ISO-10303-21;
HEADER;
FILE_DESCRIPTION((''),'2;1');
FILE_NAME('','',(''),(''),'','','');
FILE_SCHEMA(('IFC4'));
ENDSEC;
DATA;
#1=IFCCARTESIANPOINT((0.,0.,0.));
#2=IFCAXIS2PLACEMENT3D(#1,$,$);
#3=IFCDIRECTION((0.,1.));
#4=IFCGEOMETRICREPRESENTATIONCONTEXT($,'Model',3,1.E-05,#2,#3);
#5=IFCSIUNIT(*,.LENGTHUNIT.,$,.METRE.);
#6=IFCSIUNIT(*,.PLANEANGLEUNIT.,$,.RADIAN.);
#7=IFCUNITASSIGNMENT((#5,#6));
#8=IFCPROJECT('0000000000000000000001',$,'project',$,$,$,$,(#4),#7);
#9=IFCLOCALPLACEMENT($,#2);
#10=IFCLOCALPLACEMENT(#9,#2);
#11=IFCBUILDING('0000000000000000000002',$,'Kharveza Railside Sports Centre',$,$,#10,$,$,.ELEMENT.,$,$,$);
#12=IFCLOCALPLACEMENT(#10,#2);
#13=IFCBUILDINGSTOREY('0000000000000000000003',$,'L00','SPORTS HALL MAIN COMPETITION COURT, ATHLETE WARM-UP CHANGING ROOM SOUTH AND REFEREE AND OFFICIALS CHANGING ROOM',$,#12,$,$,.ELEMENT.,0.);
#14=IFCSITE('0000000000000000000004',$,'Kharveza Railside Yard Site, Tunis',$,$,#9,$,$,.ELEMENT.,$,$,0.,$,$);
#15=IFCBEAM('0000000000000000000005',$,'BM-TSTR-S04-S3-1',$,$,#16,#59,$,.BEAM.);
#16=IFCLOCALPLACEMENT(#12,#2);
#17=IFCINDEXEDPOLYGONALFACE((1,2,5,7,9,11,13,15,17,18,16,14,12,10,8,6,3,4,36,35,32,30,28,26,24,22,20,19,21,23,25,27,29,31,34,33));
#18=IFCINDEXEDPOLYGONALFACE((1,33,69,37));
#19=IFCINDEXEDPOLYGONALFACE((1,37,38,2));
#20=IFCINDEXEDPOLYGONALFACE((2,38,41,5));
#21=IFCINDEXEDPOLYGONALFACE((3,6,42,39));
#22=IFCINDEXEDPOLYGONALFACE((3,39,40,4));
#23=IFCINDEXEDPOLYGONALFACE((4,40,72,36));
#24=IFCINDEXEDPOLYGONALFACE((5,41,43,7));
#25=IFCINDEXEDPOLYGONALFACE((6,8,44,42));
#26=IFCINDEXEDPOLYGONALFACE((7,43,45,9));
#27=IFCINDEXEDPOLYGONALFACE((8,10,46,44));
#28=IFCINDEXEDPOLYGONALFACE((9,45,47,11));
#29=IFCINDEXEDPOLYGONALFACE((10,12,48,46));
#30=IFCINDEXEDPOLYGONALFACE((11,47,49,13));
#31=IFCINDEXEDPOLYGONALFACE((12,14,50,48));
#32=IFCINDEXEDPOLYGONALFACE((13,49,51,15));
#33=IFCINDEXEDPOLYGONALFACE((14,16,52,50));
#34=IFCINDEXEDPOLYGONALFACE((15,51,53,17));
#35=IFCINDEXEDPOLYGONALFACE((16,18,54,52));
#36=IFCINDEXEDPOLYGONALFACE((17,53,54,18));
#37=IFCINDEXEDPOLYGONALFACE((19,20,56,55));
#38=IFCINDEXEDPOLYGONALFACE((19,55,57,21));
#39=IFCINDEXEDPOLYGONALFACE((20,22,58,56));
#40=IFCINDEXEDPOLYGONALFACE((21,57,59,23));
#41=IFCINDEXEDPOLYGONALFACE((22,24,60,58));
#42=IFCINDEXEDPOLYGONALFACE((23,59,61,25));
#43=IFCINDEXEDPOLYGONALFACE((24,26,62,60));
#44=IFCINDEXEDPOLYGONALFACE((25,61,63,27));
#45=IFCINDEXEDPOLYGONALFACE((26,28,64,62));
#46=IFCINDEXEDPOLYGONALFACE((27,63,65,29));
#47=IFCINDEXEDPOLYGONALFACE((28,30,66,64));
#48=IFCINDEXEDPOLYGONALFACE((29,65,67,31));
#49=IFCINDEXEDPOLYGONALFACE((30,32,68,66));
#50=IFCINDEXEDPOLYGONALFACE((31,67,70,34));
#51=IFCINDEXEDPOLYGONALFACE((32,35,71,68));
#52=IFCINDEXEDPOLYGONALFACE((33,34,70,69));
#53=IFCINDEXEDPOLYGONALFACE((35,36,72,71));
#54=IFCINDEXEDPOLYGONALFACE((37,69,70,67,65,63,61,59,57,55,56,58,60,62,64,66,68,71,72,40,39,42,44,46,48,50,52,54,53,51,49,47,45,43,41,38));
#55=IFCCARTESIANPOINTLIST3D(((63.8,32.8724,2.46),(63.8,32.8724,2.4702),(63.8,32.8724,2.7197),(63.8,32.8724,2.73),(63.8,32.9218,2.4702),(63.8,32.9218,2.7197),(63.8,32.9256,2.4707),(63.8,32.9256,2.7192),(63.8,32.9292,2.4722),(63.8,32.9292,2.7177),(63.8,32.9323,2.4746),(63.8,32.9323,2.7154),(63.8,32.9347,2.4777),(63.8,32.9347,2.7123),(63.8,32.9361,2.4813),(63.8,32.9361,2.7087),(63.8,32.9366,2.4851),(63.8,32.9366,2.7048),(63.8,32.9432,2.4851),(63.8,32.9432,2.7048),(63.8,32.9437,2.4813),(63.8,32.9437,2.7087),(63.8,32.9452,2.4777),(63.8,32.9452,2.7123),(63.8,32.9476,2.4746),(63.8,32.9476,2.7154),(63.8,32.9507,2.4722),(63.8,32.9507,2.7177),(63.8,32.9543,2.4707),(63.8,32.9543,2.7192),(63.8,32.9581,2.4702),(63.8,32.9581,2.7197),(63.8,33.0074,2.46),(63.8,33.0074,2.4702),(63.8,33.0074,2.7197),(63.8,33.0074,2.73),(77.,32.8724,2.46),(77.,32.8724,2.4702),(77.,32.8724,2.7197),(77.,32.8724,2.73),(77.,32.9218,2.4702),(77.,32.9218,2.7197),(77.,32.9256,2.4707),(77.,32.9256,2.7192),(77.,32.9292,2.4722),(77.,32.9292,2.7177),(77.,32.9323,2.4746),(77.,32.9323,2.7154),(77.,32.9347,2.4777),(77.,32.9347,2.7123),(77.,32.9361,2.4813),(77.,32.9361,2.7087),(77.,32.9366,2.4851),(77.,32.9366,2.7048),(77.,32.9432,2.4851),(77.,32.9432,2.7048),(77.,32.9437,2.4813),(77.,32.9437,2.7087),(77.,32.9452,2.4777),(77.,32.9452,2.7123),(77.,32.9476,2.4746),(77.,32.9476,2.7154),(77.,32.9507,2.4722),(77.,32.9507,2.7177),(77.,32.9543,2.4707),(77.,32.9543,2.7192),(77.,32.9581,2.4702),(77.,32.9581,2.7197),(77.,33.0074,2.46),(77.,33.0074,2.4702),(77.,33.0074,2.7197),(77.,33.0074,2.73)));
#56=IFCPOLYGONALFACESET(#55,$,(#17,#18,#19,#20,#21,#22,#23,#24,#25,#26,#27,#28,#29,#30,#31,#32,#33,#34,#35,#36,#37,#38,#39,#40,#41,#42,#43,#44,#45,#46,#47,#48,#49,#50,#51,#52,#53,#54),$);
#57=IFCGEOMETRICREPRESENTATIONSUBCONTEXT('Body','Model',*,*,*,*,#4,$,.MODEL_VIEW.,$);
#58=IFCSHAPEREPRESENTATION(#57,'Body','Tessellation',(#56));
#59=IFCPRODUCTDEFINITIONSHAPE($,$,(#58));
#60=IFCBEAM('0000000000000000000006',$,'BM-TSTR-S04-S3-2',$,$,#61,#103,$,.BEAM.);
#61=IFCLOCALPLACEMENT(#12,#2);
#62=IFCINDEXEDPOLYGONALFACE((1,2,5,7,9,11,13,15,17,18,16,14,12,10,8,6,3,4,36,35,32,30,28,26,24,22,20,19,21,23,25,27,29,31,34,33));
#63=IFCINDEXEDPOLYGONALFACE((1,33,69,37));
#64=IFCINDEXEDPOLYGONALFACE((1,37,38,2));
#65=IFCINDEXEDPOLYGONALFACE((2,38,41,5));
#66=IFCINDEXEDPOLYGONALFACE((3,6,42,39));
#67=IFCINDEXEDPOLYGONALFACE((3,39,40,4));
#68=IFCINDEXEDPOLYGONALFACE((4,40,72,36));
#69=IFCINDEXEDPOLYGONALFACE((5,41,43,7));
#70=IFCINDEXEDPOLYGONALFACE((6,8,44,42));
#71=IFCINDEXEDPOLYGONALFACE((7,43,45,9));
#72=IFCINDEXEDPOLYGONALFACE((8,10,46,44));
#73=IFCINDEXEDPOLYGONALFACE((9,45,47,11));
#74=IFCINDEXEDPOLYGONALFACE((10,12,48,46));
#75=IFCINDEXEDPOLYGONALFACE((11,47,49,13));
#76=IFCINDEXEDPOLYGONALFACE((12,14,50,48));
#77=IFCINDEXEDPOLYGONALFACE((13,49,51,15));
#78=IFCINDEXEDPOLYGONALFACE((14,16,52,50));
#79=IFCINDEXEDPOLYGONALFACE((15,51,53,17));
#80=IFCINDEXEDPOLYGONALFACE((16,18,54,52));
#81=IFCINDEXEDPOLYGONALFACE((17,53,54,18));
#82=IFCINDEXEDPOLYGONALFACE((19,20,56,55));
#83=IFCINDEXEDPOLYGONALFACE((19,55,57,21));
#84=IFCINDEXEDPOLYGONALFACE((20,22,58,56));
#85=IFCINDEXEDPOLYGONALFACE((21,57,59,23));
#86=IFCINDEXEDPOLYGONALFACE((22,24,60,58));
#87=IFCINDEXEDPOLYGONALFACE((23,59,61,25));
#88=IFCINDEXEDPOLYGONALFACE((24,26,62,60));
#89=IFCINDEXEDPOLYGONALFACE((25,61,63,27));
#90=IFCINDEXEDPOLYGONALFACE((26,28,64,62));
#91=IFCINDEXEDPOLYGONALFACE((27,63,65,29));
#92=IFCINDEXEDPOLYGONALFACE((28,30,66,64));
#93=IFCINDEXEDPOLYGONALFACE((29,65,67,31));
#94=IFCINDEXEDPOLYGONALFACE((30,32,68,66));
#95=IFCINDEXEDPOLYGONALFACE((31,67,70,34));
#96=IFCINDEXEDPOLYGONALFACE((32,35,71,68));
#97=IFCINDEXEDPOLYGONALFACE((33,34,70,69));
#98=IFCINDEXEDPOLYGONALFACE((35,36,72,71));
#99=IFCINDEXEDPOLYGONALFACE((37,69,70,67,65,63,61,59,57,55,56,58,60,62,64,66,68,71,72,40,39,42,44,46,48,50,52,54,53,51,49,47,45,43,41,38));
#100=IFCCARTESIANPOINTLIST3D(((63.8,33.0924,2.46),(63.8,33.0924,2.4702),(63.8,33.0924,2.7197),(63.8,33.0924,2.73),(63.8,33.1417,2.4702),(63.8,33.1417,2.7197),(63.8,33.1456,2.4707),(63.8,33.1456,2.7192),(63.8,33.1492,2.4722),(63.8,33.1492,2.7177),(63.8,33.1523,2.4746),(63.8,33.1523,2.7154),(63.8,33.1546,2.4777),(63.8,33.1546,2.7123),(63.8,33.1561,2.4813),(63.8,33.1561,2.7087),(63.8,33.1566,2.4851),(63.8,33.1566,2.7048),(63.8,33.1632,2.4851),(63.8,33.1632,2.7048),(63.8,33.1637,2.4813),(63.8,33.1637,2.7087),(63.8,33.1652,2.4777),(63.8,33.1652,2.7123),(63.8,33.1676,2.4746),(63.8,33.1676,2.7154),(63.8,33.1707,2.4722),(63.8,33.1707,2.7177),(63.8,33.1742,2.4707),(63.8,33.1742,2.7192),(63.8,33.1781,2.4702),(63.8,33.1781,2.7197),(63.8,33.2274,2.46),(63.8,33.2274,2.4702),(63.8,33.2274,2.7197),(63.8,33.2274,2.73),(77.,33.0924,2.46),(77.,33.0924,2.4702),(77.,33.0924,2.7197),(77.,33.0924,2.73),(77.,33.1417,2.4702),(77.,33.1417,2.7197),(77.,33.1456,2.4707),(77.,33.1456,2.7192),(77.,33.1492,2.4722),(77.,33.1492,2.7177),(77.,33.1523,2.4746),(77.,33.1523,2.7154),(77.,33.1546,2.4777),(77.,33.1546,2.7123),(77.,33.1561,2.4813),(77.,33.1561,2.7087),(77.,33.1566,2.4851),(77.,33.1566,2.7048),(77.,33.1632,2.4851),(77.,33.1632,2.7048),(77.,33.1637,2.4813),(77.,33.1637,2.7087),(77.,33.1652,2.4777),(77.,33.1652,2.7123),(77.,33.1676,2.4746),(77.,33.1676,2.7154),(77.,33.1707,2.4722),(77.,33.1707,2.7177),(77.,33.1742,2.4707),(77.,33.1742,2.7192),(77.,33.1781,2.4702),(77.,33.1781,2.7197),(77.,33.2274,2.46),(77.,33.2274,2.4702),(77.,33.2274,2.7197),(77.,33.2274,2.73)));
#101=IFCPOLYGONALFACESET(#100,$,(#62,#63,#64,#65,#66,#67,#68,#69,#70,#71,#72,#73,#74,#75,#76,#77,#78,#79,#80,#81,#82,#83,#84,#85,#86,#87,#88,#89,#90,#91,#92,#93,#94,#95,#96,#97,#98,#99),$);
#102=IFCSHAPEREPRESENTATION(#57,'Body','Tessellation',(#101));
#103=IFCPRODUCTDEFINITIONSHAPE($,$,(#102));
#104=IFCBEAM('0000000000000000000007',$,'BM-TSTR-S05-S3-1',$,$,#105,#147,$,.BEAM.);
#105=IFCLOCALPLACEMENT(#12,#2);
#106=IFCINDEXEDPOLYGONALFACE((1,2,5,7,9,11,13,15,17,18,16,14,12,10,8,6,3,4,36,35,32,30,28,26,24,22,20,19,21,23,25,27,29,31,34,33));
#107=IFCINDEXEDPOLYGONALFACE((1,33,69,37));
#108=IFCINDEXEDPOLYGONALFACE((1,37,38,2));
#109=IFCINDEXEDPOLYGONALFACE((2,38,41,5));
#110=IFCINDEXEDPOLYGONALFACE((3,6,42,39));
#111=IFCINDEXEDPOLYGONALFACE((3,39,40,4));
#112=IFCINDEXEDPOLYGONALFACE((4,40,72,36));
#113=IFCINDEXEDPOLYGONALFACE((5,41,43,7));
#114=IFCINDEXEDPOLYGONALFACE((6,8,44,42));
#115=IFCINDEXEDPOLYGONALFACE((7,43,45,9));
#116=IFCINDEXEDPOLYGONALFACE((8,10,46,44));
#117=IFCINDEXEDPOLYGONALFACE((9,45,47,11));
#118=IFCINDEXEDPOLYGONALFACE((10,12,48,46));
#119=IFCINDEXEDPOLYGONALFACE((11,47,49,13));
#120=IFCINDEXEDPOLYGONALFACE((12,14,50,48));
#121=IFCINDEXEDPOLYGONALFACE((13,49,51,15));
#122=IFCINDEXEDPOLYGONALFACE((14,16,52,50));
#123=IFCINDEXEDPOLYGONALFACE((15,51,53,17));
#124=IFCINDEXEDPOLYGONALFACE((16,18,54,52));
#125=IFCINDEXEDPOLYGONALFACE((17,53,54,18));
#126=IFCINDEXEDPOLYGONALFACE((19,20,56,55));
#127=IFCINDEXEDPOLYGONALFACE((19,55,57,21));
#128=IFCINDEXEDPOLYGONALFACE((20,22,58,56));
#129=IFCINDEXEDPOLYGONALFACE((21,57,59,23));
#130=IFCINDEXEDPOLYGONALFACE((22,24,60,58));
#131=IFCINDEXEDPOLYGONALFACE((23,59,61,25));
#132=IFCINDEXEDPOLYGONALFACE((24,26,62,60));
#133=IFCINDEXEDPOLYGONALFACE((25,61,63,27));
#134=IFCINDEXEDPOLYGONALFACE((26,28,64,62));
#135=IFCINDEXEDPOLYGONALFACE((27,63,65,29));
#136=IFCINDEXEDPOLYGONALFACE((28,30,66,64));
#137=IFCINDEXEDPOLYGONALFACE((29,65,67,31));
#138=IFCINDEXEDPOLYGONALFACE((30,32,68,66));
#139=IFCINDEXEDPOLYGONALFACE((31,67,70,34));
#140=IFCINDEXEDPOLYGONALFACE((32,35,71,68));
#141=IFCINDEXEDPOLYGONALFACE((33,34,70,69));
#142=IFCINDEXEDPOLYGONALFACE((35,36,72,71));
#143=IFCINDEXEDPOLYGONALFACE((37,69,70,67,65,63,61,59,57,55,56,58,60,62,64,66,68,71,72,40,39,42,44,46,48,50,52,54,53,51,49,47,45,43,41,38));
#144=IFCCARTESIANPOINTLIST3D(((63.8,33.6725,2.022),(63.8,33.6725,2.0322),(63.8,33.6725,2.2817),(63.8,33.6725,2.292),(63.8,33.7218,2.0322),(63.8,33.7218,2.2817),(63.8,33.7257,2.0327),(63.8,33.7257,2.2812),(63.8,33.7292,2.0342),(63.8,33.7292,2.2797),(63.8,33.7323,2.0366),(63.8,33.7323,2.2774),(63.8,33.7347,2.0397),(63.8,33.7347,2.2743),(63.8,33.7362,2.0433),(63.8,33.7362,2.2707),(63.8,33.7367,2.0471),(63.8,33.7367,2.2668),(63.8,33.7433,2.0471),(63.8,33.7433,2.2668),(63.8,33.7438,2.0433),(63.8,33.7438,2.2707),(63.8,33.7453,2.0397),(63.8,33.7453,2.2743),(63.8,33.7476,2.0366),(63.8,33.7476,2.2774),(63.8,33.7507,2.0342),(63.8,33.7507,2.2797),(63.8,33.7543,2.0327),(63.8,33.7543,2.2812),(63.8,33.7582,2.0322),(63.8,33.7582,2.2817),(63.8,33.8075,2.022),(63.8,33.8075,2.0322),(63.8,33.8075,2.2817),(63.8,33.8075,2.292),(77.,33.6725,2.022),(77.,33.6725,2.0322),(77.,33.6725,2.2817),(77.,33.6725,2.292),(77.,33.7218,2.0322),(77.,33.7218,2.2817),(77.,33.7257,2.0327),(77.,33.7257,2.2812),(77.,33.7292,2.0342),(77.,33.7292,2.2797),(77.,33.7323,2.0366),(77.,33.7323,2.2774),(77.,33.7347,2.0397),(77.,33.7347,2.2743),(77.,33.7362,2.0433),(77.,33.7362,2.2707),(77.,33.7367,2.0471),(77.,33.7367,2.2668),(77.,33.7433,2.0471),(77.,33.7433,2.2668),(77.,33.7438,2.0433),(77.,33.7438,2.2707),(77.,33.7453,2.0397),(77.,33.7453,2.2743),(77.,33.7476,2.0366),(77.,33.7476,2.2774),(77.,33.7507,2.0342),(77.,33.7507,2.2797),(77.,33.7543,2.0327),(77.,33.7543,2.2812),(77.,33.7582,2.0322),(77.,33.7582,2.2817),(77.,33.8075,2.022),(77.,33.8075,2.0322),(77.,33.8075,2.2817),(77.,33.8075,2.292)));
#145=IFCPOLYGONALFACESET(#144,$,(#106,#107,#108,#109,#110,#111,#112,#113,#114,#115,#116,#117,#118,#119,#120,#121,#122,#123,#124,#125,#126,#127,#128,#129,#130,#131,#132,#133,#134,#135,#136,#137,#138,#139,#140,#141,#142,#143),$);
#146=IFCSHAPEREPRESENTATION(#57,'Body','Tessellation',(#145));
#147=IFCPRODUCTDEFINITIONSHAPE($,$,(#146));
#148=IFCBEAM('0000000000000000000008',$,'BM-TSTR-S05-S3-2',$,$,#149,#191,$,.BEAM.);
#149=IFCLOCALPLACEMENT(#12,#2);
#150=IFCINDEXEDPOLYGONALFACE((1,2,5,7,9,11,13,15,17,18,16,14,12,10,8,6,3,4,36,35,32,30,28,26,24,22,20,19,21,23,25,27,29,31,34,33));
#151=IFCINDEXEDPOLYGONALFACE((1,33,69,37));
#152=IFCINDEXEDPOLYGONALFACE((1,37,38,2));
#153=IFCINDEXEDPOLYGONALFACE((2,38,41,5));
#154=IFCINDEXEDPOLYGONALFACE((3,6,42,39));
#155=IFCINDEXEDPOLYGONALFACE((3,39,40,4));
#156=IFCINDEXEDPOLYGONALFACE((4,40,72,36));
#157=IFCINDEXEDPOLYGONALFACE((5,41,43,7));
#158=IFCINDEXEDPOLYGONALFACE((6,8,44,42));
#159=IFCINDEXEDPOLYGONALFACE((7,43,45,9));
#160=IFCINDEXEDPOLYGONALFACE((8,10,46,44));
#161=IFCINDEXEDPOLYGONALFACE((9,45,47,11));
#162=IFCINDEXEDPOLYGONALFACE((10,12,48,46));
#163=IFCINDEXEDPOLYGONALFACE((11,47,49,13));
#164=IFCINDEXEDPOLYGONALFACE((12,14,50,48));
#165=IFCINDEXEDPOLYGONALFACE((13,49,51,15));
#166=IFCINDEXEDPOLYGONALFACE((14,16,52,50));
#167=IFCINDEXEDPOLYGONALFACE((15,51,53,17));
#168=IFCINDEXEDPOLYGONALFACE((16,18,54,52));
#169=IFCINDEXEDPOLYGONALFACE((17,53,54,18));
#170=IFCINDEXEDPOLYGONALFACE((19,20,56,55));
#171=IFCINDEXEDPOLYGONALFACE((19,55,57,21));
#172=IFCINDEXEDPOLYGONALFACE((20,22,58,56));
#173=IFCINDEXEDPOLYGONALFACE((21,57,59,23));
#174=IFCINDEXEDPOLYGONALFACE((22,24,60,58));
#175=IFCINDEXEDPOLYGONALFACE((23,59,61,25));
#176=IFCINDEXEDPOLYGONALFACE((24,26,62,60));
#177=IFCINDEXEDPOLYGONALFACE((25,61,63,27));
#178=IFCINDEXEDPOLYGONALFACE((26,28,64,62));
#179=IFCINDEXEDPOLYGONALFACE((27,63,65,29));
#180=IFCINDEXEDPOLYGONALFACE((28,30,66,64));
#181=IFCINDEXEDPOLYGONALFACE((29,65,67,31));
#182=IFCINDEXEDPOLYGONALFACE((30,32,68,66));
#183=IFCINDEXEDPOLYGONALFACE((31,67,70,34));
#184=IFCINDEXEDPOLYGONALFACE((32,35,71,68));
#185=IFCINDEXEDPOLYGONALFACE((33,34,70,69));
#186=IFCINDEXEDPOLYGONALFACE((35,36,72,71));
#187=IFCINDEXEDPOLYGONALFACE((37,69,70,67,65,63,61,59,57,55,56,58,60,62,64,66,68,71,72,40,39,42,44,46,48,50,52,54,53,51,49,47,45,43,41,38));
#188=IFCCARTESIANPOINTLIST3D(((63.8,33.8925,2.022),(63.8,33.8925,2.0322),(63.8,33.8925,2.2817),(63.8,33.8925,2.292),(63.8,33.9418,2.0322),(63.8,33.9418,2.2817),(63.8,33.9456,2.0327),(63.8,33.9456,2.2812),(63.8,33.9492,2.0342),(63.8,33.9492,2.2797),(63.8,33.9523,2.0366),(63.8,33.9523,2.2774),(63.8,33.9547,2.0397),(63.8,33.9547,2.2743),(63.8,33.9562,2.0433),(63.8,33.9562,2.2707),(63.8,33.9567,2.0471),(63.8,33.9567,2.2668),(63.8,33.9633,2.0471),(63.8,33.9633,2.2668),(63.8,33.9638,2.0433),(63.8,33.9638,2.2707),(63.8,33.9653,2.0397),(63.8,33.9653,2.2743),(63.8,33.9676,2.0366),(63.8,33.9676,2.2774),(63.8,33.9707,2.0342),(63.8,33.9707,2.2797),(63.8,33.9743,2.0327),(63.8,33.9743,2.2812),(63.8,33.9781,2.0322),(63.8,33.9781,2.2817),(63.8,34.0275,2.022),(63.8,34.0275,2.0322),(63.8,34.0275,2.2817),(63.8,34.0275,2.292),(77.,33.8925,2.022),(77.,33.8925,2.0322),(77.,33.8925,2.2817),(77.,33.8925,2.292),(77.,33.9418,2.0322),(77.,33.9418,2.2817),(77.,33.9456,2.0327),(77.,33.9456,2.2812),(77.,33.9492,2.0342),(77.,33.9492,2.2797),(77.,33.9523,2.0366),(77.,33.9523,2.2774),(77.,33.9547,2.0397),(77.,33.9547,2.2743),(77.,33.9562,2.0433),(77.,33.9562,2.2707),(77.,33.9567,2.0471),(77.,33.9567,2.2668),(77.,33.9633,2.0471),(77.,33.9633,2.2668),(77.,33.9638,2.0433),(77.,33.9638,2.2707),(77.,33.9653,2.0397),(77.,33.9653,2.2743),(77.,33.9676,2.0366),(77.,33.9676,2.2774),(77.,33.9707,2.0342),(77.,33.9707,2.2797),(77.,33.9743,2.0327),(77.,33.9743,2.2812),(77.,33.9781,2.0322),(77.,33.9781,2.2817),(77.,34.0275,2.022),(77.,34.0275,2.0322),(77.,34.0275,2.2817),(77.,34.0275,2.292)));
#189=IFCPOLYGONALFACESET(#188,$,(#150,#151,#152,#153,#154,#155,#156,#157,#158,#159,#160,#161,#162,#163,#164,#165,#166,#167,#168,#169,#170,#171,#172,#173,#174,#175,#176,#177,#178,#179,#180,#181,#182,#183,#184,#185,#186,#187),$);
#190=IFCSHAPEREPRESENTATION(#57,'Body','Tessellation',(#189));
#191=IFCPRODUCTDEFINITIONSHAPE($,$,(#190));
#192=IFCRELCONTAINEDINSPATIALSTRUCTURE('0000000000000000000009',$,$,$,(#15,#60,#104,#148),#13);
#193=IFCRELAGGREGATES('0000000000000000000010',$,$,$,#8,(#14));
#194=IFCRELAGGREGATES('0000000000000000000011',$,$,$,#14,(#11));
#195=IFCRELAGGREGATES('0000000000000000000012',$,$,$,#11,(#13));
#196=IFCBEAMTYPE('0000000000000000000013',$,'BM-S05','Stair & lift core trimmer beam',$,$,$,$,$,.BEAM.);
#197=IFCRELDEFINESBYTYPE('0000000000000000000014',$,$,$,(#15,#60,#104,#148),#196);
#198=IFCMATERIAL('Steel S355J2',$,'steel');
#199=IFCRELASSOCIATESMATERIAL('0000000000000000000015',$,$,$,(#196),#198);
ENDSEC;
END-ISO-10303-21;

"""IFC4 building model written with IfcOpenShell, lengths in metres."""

from ifc_helpers import new_model, si_unit, direction, frame, origin, origin_2d, place, context, subcontext, project, spatial, i_section, extrude, material, material_profile, profile_set, type_object, element, save


model = new_model("IFC4")

# Units and contexts
model_context = context("Model", 3, precision=1e-05, world=origin(), true_north=direction((0.0, 1.0)))
body_context = subcontext(model_context, "Body", "Model", "MODEL_VIEW")
ifc_project = project(units=[si_unit("LENGTHUNIT", "METRE"), si_unit("PLANEANGLEUNIT", "RADIAN")], contexts=[model_context])

# Site, building, storey
site_placement = place(None, origin())
site = spatial("IfcSite", under=ifc_project, at=site_placement, Name="Kharveza Railside Yard Site, Tunis", CompositionType="ELEMENT", RefElevation=0.0)
building_placement = place(site_placement, origin())
building = spatial("IfcBuilding", under=site, at=building_placement, Name="Kharveza Railside Sports Centre", CompositionType="ELEMENT")
storey_placement = place(building_placement, origin())
storey = spatial("IfcBuildingStorey", under=building, at=storey_placement, Name="L00", Description="SPORTS HALL MAIN COMPETITION COURT, ATHLETE WARM-UP CHANGING ROOM SOUTH AND REFEREE AND OFFICIALS CHANGING ROOM", CompositionType="ELEMENT", Elevation=0.0)

# Shared definitions
ifc_material_1 = material(Name="Steel S355J2", Category="steel")

# Beams
ifc_material_profile_1 = material_profile(ifc_material_1, i_section(OverallWidth=0.135, OverallDepth=0.27, WebThickness=0.0066, FlangeThickness=0.0103, FilletRadius=0.0149, at=origin_2d()), Name="IPE 270")
ifc_profile_set_1 = profile_set([ifc_material_profile_1], Name="Steel S355J2")
beam_type = type_object("IfcBeamType", Name="BM-S05", Description="Stair & lift core trimmer beam", PredefinedType="BEAM", material=ifc_profile_set_1)
for number, where, z_axis, x_axis, name in (
    (1, (63.8, 32.9399, 2.595), (1.0, 0.0, 0.0), (0.0, 1.0, 0.0), "BM-TSTR-S04-S3-1"),
    (2, (63.8, 33.1599, 2.595), (1.0, 0.0, 0.0), (0.0, 1.0, 0.0), "BM-TSTR-S04-S3-2"),
    (3, (63.8, 33.74, 2.157), (1.0, 0.0, 0.0), (0.0, 1.0, 0.0), "BM-TSTR-S05-S3-1"),
    (4, (63.8, 33.96, 2.157), (1.0, 0.0, 0.0), (0.0, 1.0, 0.0), "BM-TSTR-S05-S3-2"),
):
    element("IfcBeam", number, at=place(storey_placement, frame(where, z_axis=z_axis, x_axis=x_axis)), inside=storey, type_object=beam_type, Name=name, PredefinedType="BEAM", context=body_context, shape_type="SweptSolid", body=[
        extrude(i_section(OverallWidth=0.135, OverallDepth=0.27, WebThickness=0.0066, FlangeThickness=0.0103, FilletRadius=0.0149, at=origin_2d()), origin(), (0.0, 0.0, 1.0), 13.2),
    ])

save(model, "model.ifc")
